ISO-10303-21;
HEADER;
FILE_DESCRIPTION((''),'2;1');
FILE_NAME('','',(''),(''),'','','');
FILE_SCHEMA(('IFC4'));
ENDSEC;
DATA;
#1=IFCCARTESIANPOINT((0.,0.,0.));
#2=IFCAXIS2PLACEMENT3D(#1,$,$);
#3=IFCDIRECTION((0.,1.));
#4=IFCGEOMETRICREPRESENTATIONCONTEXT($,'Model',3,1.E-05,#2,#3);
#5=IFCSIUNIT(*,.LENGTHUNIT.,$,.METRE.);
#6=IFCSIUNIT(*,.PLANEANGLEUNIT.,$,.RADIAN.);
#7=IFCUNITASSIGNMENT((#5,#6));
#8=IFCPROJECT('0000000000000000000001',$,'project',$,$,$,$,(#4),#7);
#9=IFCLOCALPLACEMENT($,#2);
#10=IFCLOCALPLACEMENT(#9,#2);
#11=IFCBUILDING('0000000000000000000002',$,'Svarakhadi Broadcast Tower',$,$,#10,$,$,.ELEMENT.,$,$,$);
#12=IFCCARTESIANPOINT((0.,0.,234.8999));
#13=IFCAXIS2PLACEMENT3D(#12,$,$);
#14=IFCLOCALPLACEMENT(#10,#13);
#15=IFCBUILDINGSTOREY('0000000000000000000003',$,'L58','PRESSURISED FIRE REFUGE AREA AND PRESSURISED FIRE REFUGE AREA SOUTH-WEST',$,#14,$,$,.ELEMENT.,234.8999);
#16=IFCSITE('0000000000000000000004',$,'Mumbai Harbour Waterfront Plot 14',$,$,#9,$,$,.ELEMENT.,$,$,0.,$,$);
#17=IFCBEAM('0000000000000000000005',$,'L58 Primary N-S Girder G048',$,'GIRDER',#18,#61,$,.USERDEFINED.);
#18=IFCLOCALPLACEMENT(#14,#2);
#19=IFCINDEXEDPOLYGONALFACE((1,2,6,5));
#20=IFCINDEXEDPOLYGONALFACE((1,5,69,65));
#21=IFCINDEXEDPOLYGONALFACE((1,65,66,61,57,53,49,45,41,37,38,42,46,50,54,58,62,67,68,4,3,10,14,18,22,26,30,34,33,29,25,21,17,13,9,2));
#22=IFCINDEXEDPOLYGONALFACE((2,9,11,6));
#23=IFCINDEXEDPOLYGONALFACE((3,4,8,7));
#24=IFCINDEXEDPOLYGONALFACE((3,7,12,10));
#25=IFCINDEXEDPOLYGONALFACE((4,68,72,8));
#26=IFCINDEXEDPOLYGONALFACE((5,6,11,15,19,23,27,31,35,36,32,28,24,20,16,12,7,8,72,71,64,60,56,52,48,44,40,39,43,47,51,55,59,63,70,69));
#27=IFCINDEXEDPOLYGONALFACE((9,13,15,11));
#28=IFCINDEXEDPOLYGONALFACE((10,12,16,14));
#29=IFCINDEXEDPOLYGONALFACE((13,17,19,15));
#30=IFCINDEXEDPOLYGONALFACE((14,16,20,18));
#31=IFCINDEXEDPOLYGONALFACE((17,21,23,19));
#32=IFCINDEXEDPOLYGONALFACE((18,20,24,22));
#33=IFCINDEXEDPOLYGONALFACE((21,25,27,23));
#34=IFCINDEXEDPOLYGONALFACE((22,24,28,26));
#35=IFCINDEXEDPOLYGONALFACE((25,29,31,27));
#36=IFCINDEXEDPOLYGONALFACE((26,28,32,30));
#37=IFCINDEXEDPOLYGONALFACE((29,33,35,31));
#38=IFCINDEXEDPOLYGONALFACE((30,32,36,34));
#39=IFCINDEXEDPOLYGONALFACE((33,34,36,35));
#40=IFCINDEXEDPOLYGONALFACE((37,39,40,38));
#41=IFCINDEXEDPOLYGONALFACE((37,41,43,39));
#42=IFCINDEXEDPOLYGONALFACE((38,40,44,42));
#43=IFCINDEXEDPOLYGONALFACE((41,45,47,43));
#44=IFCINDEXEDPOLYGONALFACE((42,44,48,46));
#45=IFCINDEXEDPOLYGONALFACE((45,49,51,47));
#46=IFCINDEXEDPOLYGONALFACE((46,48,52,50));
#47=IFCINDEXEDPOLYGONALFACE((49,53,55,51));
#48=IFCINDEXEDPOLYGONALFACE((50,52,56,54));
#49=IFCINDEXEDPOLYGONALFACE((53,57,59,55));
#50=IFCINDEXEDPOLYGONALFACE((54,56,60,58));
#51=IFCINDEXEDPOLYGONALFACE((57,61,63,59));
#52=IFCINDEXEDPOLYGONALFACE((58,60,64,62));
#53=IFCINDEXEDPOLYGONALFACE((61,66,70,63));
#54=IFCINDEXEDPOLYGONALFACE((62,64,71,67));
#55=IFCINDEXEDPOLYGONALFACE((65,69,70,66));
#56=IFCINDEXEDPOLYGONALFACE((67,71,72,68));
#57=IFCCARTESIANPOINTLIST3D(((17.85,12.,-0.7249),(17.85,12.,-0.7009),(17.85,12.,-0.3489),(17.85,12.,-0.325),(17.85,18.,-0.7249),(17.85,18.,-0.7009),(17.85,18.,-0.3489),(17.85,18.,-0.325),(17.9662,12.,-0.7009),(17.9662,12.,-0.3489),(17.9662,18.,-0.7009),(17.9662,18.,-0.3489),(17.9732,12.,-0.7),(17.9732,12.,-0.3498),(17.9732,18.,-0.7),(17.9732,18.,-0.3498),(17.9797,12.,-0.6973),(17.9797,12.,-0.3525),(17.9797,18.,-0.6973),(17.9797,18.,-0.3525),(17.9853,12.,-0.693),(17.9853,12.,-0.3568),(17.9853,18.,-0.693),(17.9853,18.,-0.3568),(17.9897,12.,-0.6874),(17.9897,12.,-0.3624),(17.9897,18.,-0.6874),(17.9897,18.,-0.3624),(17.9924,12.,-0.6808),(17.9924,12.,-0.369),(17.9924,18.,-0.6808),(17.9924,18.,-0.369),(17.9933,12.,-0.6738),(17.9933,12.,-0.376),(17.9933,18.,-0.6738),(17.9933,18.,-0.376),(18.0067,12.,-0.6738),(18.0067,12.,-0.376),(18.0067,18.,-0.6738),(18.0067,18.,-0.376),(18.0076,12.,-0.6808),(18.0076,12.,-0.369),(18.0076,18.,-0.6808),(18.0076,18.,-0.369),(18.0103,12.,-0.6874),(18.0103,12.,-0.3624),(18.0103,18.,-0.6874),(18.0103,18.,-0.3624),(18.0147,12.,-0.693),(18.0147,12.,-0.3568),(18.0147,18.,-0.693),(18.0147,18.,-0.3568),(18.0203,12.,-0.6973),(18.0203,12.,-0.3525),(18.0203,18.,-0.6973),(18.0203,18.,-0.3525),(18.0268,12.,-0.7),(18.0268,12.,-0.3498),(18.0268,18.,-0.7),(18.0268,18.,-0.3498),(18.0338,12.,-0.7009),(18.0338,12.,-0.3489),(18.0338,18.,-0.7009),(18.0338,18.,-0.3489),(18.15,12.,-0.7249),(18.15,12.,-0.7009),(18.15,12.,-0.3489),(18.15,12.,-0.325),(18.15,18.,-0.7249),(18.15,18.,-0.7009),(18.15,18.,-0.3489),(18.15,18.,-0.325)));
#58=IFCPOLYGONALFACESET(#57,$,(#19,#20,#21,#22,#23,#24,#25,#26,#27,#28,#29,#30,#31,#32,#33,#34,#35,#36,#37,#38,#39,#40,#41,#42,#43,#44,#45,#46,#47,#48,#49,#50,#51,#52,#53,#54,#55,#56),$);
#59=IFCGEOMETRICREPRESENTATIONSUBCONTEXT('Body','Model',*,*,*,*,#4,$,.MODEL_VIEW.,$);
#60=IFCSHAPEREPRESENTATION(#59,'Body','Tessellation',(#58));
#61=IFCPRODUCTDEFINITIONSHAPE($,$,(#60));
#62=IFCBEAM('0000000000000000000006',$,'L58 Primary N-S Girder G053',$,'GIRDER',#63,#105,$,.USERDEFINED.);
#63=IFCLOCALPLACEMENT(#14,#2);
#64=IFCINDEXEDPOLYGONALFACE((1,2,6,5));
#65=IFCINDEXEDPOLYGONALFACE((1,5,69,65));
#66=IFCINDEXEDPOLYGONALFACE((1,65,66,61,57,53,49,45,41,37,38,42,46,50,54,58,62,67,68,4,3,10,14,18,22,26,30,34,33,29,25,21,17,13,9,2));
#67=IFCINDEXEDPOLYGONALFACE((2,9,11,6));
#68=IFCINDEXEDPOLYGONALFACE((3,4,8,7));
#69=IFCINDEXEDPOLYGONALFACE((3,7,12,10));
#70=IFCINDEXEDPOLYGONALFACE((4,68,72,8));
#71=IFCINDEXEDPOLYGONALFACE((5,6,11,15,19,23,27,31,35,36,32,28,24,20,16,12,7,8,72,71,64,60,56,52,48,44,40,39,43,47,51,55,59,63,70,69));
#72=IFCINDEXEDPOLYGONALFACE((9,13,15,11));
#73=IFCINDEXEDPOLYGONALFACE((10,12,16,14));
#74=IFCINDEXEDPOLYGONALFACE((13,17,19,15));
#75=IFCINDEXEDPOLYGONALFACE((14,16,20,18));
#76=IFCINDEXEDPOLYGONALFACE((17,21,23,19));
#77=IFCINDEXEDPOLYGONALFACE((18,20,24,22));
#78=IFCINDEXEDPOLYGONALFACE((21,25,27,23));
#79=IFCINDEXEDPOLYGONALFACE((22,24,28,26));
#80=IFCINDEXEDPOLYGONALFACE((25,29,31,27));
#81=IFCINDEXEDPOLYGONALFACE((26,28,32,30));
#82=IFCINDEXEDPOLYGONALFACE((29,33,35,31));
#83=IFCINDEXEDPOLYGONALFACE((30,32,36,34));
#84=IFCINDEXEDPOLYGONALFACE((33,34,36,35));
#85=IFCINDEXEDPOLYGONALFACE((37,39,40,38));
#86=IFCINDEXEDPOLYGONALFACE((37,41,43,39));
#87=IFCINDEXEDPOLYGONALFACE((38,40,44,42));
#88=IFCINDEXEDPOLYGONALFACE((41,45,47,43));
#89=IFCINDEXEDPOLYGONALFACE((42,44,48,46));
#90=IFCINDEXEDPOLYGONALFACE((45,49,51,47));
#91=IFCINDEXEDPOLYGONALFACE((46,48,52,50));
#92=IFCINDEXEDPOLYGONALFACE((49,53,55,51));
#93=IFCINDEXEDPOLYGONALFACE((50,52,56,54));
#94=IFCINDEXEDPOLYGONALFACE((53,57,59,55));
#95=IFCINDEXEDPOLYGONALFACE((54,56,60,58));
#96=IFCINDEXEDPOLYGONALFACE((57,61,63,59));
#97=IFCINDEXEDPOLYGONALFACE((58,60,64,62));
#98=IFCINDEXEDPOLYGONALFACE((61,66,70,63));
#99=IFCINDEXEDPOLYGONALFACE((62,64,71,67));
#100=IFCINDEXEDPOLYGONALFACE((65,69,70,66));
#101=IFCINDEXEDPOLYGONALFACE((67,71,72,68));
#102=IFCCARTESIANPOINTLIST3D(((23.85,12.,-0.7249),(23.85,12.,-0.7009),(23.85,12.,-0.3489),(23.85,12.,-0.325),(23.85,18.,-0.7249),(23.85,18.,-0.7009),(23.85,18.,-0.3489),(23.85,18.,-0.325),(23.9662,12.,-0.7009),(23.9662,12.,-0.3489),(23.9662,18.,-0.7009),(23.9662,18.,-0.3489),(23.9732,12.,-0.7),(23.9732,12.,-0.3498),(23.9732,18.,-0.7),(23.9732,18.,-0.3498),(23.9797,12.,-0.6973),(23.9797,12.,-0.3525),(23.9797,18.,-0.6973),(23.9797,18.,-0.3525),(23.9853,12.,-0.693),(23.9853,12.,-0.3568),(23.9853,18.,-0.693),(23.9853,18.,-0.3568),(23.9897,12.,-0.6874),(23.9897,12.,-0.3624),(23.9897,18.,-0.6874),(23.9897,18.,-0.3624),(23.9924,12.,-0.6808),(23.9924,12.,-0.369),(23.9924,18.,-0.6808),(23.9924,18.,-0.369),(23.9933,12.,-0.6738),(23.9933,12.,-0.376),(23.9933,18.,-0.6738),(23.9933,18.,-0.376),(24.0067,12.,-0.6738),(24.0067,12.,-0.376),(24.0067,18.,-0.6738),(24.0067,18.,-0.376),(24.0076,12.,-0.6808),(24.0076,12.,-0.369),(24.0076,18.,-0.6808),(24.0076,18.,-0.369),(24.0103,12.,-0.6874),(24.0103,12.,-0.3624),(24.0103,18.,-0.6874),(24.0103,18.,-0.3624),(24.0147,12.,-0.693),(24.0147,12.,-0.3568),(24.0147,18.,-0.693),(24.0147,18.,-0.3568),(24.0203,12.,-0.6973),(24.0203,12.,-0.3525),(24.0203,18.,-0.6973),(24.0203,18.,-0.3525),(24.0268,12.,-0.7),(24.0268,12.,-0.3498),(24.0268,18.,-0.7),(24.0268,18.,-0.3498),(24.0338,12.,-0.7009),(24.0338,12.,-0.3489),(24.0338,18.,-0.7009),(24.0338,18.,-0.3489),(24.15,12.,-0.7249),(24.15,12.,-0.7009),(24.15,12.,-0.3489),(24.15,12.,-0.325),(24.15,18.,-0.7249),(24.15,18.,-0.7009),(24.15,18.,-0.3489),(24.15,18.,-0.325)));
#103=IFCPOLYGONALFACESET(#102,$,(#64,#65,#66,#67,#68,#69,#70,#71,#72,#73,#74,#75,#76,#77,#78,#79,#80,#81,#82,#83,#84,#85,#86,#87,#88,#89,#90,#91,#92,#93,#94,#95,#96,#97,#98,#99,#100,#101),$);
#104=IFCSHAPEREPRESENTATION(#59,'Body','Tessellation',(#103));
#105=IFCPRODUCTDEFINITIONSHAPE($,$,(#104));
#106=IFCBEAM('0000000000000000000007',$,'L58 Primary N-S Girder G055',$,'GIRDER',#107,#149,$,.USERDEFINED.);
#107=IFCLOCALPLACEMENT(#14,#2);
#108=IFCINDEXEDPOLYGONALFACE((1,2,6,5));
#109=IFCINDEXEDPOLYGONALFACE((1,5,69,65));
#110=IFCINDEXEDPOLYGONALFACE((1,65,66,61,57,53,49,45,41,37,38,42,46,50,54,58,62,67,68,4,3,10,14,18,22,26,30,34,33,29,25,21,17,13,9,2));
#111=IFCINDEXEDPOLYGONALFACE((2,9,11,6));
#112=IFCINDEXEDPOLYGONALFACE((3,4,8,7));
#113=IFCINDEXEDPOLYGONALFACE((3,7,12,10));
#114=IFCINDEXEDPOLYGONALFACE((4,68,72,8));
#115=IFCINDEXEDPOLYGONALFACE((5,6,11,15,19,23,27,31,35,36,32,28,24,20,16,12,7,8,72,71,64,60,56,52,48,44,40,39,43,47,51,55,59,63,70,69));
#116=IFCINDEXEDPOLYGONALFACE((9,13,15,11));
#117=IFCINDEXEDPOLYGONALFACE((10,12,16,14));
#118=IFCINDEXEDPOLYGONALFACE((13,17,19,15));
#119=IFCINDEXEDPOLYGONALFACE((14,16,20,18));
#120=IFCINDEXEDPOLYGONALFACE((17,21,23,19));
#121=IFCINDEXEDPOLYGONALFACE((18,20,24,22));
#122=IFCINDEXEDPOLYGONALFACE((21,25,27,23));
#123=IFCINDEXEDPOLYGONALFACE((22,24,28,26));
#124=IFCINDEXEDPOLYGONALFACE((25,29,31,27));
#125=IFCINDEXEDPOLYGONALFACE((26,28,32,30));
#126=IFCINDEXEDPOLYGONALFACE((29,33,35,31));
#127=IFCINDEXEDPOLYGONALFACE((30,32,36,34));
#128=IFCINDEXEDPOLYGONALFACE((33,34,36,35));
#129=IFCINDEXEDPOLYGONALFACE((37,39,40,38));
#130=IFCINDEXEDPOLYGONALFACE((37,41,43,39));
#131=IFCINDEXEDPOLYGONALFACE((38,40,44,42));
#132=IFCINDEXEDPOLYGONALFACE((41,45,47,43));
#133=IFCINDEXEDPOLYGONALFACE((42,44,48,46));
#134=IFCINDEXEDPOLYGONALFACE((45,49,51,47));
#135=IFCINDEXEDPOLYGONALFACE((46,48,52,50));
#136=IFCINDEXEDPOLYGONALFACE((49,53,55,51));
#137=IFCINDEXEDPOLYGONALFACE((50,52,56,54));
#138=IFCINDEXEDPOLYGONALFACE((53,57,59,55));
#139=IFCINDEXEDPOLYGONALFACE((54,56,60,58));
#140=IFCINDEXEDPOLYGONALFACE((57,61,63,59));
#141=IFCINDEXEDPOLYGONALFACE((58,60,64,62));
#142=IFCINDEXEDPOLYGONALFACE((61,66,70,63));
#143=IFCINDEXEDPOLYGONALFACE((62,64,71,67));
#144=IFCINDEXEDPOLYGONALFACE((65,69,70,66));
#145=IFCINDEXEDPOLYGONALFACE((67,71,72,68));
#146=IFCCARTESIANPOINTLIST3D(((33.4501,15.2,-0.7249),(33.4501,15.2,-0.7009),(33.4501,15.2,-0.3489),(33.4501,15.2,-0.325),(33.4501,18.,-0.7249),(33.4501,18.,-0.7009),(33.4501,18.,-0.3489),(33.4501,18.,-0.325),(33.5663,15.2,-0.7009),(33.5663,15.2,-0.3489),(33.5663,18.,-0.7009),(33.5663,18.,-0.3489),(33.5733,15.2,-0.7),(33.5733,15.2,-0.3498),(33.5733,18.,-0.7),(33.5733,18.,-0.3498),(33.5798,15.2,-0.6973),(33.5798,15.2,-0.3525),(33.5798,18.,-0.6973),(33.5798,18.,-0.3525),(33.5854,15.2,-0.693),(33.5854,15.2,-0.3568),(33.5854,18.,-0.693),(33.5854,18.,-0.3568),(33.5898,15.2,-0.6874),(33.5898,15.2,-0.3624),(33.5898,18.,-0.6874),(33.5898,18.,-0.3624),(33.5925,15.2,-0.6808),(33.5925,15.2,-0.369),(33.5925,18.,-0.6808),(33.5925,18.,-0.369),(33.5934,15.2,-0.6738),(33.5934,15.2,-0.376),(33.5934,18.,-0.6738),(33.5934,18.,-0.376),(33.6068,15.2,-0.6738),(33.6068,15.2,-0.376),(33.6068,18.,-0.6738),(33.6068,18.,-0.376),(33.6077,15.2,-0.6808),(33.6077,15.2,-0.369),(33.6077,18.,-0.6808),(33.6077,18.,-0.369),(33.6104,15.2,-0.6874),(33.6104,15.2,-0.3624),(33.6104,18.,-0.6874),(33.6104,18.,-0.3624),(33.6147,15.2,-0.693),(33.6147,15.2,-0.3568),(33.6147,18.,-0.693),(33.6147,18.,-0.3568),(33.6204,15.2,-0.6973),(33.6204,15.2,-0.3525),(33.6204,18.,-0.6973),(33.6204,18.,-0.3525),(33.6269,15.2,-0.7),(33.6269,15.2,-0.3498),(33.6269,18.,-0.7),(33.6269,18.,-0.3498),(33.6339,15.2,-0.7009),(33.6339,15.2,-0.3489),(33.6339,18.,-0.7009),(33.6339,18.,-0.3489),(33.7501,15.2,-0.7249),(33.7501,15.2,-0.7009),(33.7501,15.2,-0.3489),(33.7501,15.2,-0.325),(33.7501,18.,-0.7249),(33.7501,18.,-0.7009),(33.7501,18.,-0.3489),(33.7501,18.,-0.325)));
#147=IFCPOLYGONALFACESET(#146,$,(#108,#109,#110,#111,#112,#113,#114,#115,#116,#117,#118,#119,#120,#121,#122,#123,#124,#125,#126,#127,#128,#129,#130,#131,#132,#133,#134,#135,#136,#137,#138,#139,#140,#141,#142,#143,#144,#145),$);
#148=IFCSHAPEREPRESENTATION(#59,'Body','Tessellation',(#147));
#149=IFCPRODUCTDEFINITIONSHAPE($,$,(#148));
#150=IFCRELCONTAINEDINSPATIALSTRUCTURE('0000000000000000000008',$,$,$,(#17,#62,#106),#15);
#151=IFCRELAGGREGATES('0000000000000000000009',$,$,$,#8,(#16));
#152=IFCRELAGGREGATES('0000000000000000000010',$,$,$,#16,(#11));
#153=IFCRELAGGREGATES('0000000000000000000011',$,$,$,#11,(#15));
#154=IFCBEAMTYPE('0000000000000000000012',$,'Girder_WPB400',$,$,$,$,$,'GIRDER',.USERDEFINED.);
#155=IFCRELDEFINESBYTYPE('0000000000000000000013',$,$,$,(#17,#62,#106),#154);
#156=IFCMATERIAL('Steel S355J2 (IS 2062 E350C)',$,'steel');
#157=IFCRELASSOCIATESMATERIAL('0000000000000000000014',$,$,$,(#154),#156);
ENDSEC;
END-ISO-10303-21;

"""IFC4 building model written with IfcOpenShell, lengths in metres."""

from ifc_helpers import new_model, si_unit, direction, frame, origin, origin_2d, place, context, subcontext, project, spatial, i_section, extrude, material, material_profile, profile_set, type_object, element, save


model = new_model("IFC4")

# Units and contexts
model_context = context("Model", 3, precision=1e-05, world=origin(), true_north=direction((0.0, 1.0)))
body_context = subcontext(model_context, "Body", "Model", "MODEL_VIEW")
ifc_project = project(units=[si_unit("LENGTHUNIT", "METRE"), si_unit("PLANEANGLEUNIT", "RADIAN")], contexts=[model_context])

# Site, building, storey
site_placement = place(None, origin())
site = spatial("IfcSite", under=ifc_project, at=site_placement, Name="Mumbai Harbour Waterfront Plot 14", CompositionType="ELEMENT", RefElevation=0.0)
building_placement = place(site_placement, origin())
building = spatial("IfcBuilding", under=site, at=building_placement, Name="Svarakhadi Broadcast Tower", CompositionType="ELEMENT")
storey_placement = place(building_placement, frame((0.0, 0.0, 234.8999)))
storey = spatial("IfcBuildingStorey", under=building, at=storey_placement, Name="L58", Description="PRESSURISED FIRE REFUGE AREA AND PRESSURISED FIRE REFUGE AREA SOUTH-WEST", CompositionType="ELEMENT", Elevation=234.8999)

# Beams
ifc_material_1 = material(Name="Steel S355J2 (IS 2062 E350C)", Category="steel")
ifc_material_profile_1 = material_profile(ifc_material_1, i_section(OverallWidth=0.3, OverallDepth=0.3999, WebThickness=0.0134, FlangeThickness=0.0239, FilletRadius=0.0271, at=origin_2d()), Name="WPB 400x300x155")
ifc_profile_set_1 = profile_set([ifc_material_profile_1], Name="Steel S355J2 (IS 2062 E350C)")
beam_type_1 = type_object("IfcBeamType", Name="Girder_WPB400", ElementType="GIRDER", PredefinedType="USERDEFINED", material=ifc_profile_set_1)
for number, where, z_axis, x_axis, name in (
    (1, (18.0, 12.0, -0.5249), (0.0, 1.0, 0.0), (-1.0, 0.0, 0.0), "L58 Primary N-S Girder G048"),
    (2, (24.0, 12.0, -0.5249), (0.0, 1.0, 0.0), (-1.0, 0.0, 0.0), "L58 Primary N-S Girder G053"),
):
    element("IfcBeam", number, at=place(storey_placement, frame(where, z_axis=z_axis, x_axis=x_axis)), inside=storey, type_object=beam_type_1, Name=name, ObjectType="GIRDER", PredefinedType="USERDEFINED", context=body_context, shape_type="SweptSolid", body=[
        extrude(i_section(OverallWidth=0.3, OverallDepth=0.3999, WebThickness=0.0134, FlangeThickness=0.0239, FilletRadius=0.0271, at=origin_2d()), origin(), (0.0, 0.0, 1.0), 6.0),
    ])
beam_1_placement = place(storey_placement, frame((33.6001, 15.2, -0.5249), z_axis=(0.0, 1.0, 0.0), x_axis=(-1.0, 0.0, 0.0)))
element("IfcBeam", 3, at=beam_1_placement, inside=storey, type_object=beam_type_1, Name="L58 Primary N-S Girder G055", ObjectType="GIRDER", PredefinedType="USERDEFINED", context=body_context, shape_type="SweptSolid", body=[
    extrude(i_section(OverallWidth=0.3, OverallDepth=0.3999, WebThickness=0.0134, FlangeThickness=0.0239, FilletRadius=0.0271, at=origin_2d()), origin(), (0.0, 0.0, 1.0), 2.8),
])

save(model, "model.ifc")
